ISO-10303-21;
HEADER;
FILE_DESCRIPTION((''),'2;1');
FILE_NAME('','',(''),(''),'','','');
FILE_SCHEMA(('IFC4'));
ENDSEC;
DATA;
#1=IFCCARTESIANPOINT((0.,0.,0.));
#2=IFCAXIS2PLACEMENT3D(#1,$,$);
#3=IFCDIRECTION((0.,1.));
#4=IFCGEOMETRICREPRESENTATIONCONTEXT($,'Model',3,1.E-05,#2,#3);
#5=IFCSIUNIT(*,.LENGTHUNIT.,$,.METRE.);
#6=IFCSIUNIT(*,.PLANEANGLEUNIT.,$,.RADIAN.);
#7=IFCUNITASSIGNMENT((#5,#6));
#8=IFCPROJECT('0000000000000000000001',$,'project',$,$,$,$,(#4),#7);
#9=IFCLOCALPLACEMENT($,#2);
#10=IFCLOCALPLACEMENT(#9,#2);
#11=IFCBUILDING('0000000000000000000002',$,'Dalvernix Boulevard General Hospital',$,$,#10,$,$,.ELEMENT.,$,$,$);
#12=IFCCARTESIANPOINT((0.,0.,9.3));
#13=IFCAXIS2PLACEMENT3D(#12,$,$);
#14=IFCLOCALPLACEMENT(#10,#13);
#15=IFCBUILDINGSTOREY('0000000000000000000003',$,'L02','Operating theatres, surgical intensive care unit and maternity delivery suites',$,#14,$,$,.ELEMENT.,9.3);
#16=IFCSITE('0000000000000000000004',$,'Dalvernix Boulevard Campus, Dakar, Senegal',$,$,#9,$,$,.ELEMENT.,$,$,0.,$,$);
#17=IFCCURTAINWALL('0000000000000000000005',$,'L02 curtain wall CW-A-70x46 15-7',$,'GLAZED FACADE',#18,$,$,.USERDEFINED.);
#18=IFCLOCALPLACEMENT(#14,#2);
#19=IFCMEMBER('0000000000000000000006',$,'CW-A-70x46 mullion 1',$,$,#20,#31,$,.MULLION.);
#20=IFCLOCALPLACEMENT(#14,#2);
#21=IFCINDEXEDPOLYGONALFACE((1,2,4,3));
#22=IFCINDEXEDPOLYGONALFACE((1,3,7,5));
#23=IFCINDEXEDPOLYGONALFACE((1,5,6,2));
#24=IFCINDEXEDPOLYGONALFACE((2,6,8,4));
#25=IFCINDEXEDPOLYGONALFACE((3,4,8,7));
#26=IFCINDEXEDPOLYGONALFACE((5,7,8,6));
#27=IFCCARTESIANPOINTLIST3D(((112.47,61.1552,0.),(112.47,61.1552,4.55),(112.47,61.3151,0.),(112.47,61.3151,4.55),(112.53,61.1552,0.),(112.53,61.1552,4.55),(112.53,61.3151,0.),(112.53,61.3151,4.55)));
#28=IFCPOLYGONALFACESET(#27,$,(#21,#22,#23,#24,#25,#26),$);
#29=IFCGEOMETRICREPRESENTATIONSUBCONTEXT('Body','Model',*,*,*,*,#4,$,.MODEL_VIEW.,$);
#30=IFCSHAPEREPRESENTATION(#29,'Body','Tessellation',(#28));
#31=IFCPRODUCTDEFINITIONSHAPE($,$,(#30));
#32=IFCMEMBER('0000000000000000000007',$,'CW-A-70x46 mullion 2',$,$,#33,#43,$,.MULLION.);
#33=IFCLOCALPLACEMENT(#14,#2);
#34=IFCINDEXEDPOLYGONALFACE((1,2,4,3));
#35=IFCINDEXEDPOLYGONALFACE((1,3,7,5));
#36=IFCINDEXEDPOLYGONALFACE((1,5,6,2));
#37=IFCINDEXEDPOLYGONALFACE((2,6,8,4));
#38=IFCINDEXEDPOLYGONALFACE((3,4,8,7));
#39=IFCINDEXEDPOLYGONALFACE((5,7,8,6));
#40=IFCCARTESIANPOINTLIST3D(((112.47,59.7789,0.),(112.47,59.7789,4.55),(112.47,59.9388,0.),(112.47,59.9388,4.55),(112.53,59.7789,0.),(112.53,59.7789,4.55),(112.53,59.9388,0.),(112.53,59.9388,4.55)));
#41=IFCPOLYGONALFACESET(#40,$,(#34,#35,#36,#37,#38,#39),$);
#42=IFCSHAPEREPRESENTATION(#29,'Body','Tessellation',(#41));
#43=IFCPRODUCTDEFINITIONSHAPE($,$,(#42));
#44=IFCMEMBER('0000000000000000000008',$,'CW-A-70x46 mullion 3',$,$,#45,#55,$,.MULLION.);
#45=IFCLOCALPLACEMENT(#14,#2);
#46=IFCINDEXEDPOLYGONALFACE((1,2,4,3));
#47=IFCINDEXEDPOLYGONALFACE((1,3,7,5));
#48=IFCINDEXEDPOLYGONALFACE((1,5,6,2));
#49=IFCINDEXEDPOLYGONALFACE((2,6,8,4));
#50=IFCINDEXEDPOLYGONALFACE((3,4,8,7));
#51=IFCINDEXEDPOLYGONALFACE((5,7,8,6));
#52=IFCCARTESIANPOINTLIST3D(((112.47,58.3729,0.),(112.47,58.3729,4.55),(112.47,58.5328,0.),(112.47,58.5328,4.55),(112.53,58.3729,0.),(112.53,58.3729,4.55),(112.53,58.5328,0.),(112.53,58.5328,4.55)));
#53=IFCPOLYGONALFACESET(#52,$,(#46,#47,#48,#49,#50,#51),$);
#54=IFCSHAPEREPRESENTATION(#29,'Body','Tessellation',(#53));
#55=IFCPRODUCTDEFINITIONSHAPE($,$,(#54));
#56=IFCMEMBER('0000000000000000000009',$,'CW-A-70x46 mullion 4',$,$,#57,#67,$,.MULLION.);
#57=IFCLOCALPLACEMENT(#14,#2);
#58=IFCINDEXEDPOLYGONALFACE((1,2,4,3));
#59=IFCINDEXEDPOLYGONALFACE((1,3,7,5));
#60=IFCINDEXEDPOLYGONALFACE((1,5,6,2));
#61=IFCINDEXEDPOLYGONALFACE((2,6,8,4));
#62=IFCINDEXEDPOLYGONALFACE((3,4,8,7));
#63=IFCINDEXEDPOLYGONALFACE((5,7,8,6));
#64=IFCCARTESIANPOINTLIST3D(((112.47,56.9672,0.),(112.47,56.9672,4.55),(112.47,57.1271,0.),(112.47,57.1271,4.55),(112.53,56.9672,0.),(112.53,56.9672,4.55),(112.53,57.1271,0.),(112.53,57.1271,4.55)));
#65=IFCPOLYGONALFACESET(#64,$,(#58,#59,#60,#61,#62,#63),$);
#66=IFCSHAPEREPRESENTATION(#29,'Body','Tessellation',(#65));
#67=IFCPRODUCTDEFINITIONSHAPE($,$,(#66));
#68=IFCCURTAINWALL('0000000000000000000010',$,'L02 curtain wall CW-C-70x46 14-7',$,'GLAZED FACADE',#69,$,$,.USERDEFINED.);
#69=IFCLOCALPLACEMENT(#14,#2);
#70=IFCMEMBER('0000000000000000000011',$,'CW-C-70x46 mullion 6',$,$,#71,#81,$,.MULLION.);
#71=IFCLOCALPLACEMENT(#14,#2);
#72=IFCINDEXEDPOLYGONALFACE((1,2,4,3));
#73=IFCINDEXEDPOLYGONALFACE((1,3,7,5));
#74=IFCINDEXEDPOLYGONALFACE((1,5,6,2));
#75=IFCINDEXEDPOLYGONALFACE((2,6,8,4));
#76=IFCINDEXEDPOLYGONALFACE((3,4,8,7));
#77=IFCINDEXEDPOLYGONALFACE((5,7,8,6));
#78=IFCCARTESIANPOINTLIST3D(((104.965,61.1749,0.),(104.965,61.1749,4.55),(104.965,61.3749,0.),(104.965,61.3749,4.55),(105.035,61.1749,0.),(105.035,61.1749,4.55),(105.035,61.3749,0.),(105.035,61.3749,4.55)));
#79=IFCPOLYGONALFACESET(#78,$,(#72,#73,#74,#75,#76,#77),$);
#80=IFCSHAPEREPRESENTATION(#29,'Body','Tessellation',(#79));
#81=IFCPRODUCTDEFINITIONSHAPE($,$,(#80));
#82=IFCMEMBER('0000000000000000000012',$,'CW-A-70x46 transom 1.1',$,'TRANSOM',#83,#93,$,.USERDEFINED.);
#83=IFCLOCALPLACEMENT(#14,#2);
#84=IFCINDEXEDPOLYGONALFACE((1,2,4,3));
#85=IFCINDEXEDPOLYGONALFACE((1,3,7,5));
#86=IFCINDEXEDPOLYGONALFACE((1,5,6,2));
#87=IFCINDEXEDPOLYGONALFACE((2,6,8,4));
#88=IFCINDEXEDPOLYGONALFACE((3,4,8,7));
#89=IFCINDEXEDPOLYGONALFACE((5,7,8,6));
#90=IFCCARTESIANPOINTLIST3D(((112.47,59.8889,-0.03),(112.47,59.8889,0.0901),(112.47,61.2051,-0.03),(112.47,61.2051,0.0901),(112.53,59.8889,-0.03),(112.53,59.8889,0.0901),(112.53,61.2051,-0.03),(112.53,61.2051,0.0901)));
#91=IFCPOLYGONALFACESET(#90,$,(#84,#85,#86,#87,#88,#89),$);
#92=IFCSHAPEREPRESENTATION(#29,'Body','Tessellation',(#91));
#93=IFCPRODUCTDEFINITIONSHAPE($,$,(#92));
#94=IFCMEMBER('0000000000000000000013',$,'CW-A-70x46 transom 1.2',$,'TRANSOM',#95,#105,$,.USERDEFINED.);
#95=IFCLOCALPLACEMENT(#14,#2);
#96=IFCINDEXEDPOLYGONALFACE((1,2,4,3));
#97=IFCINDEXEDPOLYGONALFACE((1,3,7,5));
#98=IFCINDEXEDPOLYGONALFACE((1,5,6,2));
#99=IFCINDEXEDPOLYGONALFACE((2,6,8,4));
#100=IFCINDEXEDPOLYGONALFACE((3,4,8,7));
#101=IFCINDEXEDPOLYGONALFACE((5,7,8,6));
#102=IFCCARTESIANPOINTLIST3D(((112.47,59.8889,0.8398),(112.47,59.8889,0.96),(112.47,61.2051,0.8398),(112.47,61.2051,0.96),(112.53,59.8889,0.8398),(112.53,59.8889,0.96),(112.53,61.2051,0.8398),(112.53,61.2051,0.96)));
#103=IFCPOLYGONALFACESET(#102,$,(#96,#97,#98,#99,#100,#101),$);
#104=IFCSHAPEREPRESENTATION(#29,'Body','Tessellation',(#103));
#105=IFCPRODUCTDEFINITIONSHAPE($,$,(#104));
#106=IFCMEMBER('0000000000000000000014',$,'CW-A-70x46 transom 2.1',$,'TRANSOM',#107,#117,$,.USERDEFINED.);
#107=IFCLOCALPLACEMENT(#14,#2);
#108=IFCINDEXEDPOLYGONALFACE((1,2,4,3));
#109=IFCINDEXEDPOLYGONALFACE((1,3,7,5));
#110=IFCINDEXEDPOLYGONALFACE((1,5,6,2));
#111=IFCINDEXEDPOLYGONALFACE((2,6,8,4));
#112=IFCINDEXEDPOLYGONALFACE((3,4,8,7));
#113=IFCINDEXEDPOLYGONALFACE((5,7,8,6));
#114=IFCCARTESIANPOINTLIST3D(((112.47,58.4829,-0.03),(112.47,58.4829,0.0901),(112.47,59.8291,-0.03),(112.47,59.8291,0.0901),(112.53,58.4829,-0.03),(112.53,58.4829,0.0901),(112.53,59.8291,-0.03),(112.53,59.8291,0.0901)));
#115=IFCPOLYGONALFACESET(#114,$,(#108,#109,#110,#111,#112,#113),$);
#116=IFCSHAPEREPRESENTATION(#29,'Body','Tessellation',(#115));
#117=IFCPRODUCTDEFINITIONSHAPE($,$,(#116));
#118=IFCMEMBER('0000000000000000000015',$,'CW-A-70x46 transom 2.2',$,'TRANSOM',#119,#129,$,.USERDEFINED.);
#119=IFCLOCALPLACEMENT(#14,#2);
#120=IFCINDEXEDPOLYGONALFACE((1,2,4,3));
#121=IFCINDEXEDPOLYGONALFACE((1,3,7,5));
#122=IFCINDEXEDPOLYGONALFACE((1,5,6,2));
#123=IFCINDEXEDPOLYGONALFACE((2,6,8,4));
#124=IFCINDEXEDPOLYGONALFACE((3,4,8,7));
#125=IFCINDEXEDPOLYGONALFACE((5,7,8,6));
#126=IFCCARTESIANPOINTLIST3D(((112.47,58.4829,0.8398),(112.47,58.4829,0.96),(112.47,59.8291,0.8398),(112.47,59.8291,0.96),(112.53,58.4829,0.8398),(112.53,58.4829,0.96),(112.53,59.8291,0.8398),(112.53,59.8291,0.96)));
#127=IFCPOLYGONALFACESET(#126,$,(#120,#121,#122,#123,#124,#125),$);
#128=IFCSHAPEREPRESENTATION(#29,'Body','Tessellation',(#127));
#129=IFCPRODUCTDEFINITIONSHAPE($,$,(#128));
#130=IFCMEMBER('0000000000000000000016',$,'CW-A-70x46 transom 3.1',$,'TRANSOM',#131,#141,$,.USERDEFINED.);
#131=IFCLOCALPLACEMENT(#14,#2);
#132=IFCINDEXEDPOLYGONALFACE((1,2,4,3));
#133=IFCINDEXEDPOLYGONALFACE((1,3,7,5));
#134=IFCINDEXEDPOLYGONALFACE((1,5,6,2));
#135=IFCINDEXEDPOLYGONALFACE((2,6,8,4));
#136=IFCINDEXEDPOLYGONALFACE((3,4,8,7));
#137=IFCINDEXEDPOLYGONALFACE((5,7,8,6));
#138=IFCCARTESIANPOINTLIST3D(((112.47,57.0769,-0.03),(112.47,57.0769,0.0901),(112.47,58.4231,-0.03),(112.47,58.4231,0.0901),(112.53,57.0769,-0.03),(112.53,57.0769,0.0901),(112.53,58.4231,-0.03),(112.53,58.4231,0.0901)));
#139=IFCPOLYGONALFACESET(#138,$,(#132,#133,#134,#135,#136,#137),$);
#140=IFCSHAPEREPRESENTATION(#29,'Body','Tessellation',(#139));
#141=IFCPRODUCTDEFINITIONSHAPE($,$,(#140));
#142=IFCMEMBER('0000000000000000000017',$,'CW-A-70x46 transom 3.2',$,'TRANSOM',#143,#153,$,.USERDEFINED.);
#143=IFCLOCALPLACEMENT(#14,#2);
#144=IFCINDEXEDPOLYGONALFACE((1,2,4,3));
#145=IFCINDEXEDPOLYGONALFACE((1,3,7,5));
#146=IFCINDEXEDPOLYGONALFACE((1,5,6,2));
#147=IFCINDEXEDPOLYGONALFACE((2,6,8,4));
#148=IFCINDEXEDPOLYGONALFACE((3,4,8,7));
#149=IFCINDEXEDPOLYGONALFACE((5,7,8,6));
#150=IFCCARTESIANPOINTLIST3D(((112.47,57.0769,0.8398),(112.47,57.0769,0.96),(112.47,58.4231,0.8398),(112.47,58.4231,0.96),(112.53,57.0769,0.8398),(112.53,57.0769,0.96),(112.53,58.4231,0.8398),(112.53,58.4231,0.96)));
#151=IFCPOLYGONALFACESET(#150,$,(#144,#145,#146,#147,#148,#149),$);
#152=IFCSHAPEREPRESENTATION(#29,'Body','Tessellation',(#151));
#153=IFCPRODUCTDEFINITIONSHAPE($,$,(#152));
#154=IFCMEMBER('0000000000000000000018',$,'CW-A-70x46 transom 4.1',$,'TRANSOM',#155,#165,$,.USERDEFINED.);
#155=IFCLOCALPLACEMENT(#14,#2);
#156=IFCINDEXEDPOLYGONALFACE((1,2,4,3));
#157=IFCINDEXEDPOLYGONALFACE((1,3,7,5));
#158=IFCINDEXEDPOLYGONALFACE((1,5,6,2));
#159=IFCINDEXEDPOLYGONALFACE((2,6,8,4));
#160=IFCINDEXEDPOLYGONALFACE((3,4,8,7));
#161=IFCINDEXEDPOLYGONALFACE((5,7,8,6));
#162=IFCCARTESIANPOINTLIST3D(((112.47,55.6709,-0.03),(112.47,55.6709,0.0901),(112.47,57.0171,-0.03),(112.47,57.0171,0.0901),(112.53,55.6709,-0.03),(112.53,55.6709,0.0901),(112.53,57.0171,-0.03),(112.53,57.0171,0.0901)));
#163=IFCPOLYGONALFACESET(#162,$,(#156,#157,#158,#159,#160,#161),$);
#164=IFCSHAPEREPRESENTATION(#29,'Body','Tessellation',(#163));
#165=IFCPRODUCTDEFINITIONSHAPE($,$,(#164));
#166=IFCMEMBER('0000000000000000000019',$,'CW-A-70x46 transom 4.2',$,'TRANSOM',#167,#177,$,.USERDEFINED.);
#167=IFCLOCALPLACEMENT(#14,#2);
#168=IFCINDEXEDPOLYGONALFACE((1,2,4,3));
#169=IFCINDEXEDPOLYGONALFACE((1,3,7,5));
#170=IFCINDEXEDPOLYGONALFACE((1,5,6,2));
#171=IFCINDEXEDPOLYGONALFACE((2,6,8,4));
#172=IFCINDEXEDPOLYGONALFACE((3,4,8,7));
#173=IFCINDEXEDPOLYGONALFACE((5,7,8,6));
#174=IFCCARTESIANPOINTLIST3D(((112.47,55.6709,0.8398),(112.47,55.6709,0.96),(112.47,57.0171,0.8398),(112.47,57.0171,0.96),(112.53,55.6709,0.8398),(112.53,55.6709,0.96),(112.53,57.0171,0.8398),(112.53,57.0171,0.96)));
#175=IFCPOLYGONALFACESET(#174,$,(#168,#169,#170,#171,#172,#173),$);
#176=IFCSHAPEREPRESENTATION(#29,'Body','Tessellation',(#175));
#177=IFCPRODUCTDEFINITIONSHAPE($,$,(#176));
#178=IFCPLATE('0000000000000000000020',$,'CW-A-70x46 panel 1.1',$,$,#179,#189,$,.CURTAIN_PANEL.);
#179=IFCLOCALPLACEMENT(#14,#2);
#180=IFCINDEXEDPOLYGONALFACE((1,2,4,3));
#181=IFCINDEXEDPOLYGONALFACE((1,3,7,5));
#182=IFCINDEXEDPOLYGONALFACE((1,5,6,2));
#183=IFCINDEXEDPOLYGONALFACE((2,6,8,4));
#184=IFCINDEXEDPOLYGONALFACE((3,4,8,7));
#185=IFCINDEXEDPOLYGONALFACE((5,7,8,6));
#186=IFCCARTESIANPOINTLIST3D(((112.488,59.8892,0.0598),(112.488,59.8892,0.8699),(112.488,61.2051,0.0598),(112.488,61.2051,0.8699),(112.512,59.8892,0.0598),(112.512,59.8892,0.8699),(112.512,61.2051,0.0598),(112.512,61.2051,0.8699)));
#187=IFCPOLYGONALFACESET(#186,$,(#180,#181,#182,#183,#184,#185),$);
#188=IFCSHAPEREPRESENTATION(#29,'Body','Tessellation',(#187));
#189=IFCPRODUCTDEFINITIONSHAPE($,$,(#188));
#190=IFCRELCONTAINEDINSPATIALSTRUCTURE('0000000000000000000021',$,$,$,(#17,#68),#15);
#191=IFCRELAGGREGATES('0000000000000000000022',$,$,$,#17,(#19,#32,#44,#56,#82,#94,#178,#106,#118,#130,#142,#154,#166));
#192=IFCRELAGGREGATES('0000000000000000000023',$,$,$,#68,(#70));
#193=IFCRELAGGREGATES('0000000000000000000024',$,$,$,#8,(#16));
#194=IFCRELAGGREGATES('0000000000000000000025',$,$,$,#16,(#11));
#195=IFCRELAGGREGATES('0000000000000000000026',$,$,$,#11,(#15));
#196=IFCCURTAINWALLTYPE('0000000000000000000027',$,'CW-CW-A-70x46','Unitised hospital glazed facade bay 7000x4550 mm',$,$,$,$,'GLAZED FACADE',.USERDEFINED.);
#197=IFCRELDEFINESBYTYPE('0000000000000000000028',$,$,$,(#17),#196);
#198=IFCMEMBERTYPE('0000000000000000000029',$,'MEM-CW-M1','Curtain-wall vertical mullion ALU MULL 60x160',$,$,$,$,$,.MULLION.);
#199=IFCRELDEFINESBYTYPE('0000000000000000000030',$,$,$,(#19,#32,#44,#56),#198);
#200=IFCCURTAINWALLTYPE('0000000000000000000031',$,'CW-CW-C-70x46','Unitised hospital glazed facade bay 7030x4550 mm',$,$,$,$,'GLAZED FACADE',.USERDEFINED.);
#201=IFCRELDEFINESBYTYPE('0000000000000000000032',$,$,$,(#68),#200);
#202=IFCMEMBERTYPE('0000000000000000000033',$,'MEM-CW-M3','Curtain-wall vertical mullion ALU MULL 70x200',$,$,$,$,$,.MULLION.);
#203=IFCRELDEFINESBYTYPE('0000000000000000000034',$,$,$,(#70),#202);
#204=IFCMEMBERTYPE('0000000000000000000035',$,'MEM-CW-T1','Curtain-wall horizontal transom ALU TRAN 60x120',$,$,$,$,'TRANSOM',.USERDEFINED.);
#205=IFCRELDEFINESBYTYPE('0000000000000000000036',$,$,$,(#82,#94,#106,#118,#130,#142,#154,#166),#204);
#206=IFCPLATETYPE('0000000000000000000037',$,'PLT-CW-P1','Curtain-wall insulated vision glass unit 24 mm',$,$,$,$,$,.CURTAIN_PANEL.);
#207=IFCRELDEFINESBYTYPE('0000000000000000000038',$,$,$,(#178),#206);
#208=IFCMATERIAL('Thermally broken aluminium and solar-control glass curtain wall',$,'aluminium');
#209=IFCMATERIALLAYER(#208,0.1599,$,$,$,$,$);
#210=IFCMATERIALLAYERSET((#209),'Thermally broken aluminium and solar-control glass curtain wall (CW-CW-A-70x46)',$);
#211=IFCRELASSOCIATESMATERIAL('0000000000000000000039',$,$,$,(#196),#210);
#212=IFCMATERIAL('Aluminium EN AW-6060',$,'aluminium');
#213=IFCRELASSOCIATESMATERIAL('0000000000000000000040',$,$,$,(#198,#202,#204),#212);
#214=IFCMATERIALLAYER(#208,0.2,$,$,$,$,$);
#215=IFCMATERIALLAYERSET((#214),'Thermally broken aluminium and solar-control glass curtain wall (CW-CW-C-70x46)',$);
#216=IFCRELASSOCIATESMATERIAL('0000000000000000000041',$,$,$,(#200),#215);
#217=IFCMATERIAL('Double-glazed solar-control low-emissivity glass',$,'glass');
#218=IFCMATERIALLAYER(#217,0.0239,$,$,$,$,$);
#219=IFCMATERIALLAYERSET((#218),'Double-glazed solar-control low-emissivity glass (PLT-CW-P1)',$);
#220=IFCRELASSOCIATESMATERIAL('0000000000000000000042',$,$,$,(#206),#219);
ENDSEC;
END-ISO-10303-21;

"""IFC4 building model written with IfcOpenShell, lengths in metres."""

from ifc_helpers import new_model, si_unit, direction, frame, origin, origin_2d, place, context, subcontext, project, spatial, rectangle, extrude, material, layer, layer_set, material_profile, profile_set, type_object, element, aggregate, save


model = new_model("IFC4")

# Units and contexts
model_context = context("Model", 3, precision=1e-05, world=origin(), true_north=direction((0.0, 1.0)))
body_context = subcontext(model_context, "Body", "Model", "MODEL_VIEW")
ifc_project = project(units=[si_unit("LENGTHUNIT", "METRE"), si_unit("PLANEANGLEUNIT", "RADIAN")], contexts=[model_context])

# Site, building, storey
site_placement = place(None, origin())
site = spatial("IfcSite", under=ifc_project, at=site_placement, Name="Dalvernix Boulevard Campus, Dakar, Senegal", CompositionType="ELEMENT", RefElevation=0.0)
building_placement = place(site_placement, origin())
building = spatial("IfcBuilding", under=site, at=building_placement, Name="Dalvernix Boulevard General Hospital", CompositionType="ELEMENT")
storey_placement = place(building_placement, frame((0.0, 0.0, 9.3)))
storey = spatial("IfcBuildingStorey", under=building, at=storey_placement, Name="L02", Description="Operating theatres, surgical intensive care unit and maternity delivery suites", CompositionType="ELEMENT", Elevation=9.3)

# Curtain wall, members
ifc_material_1 = material(Name="Thermally broken aluminium and solar-control glass curtain wall", Category="aluminium")
ifc_layer_1 = layer(ifc_material_1, 0.1599)
ifc_layer_set_1 = layer_set([ifc_layer_1], Name="Thermally broken aluminium and solar-control glass curtain wall (CW-CW-A-70x46)")
curtain_wall_type_1 = type_object("IfcCurtainWallType", Name="CW-CW-A-70x46", Description="Unitised hospital glazed facade bay 7000x4550 mm", ElementType="GLAZED FACADE", PredefinedType="USERDEFINED", material=ifc_layer_set_1)
curtain_wall_1_placement = place(storey_placement, origin())
curtain_wall_1 = element("IfcCurtainWall", 1, at=curtain_wall_1_placement, inside=storey, type_object=curtain_wall_type_1, Name="L02 curtain wall CW-A-70x46 15-7", ObjectType="GLAZED FACADE", PredefinedType="USERDEFINED")
ifc_material_2 = material(Name="Aluminium EN AW-6060", Category="aluminium")
ifc_material_profile_1 = material_profile(ifc_material_2, rectangle(XDim=0.0601, YDim=0.1599, at=origin_2d()), Name="ALU MULL 60x160")
ifc_profile_set_1 = profile_set([ifc_material_profile_1], Name="Aluminium EN AW-6060")
member_type_1 = type_object("IfcMemberType", Name="MEM-CW-M1", Description="Curtain-wall vertical mullion ALU MULL 60x160", PredefinedType="MULLION", material=ifc_profile_set_1)
member_1_placement = place(storey_placement, frame((112.5, 61.2351, 0.0), z_axis=(0.0, 0.0, 1.0), x_axis=(1.0, 0.0, 0.0)))
member_1 = element("IfcMember", 2, at=member_1_placement, type_object=member_type_1, Name="CW-A-70x46 mullion 1", PredefinedType="MULLION", context=body_context, shape_type="SweptSolid", body=[
    extrude(rectangle(XDim=0.0601, YDim=0.1599, at=origin_2d()), origin(), (0.0, 0.0, 1.0), 4.55),
])
member_2_placement = place(storey_placement, frame((112.5, 59.8589, 0.0), z_axis=(0.0, 0.0, 1.0), x_axis=(1.0, 0.0, 0.0)))
member_2 = element("IfcMember", 3, at=member_2_placement, type_object=member_type_1, Name="CW-A-70x46 mullion 2", PredefinedType="MULLION", context=body_context, shape_type="SweptSolid", body=[
    extrude(rectangle(XDim=0.0601, YDim=0.1599, at=origin_2d()), origin(), (0.0, 0.0, 1.0), 4.55),
])
member_3_placement = place(storey_placement, frame((112.5, 58.4529, 0.0), z_axis=(0.0, 0.0, 1.0), x_axis=(1.0, 0.0, 0.0)))
member_3 = element("IfcMember", 4, at=member_3_placement, type_object=member_type_1, Name="CW-A-70x46 mullion 3", PredefinedType="MULLION", context=body_context, shape_type="SweptSolid", body=[
    extrude(rectangle(XDim=0.0601, YDim=0.1599, at=origin_2d()), origin(), (0.0, 0.0, 1.0), 4.55),
])
member_4_placement = place(storey_placement, frame((112.5, 57.0471, 0.0), z_axis=(0.0, 0.0, 1.0), x_axis=(1.0, 0.0, 0.0)))
member_4 = element("IfcMember", 5, at=member_4_placement, type_object=member_type_1, Name="CW-A-70x46 mullion 4", PredefinedType="MULLION", context=body_context, shape_type="SweptSolid", body=[
    extrude(rectangle(XDim=0.0601, YDim=0.1599, at=origin_2d()), origin(), (0.0, 0.0, 1.0), 4.55),
])

# Curtain wall, member
ifc_layer_2 = layer(ifc_material_1, 0.2)
ifc_layer_set_2 = layer_set([ifc_layer_2], Name="Thermally broken aluminium and solar-control glass curtain wall (CW-CW-C-70x46)")
curtain_wall_type_2 = type_object("IfcCurtainWallType", Name="CW-CW-C-70x46", Description="Unitised hospital glazed facade bay 7030x4550 mm", ElementType="GLAZED FACADE", PredefinedType="USERDEFINED", material=ifc_layer_set_2)
curtain_wall_2_placement = place(storey_placement, origin())
curtain_wall_2 = element("IfcCurtainWall", 6, at=curtain_wall_2_placement, inside=storey, type_object=curtain_wall_type_2, Name="L02 curtain wall CW-C-70x46 14-7", ObjectType="GLAZED FACADE", PredefinedType="USERDEFINED")
ifc_material_profile_2 = material_profile(ifc_material_2, rectangle(XDim=0.0701, YDim=0.2, at=origin_2d()), Name="ALU MULL 70x200")
ifc_profile_set_2 = profile_set([ifc_material_profile_2], Name="Aluminium EN AW-6060")
member_type_2 = type_object("IfcMemberType", Name="MEM-CW-M3", Description="Curtain-wall vertical mullion ALU MULL 70x200", PredefinedType="MULLION", material=ifc_profile_set_2)
member_5_placement = place(storey_placement, frame((105.0, 61.2749, 0.0), z_axis=(0.0, 0.0, 1.0), x_axis=(-1.0, 0.0, 0.0)))
member_5 = element("IfcMember", 7, at=member_5_placement, type_object=member_type_2, Name="CW-C-70x46 mullion 6", PredefinedType="MULLION", context=body_context, shape_type="SweptSolid", body=[
    extrude(rectangle(XDim=0.0701, YDim=0.2, at=origin_2d()), origin(), (0.0, 0.0, 1.0), 4.55),
])

# Members
ifc_material_profile_3 = material_profile(ifc_material_2, rectangle(XDim=0.0601, YDim=0.1201, at=origin_2d()), Name="ALU TRAN 60x120")
ifc_profile_set_3 = profile_set([ifc_material_profile_3], Name="Aluminium EN AW-6060")
member_type_3 = type_object("IfcMemberType", Name="MEM-CW-T1", Description="Curtain-wall horizontal transom ALU TRAN 60x120", ElementType="TRANSOM", PredefinedType="USERDEFINED", material=ifc_profile_set_3)
member_6_placement = place(storey_placement, frame((112.5, 61.2051, 0.03), z_axis=(0.0, -1.0, 0.0), x_axis=(1.0, 0.0, 0.0)))
member_6 = element("IfcMember", 8, at=member_6_placement, type_object=member_type_3, Name="CW-A-70x46 transom 1.1", ObjectType="TRANSOM", PredefinedType="USERDEFINED", context=body_context, shape_type="SweptSolid", body=[
    extrude(rectangle(XDim=0.0601, YDim=0.1201, at=origin_2d()), origin(), (0.0, 0.0, 1.0), 1.3162),
])
member_7_placement = place(storey_placement, frame((112.5, 61.2051, 0.8999), z_axis=(0.0, -1.0, 0.0), x_axis=(1.0, 0.0, 0.0)))
member_7 = element("IfcMember", 9, at=member_7_placement, type_object=member_type_3, Name="CW-A-70x46 transom 1.2", ObjectType="TRANSOM", PredefinedType="USERDEFINED", context=body_context, shape_type="SweptSolid", body=[
    extrude(rectangle(XDim=0.0601, YDim=0.1201, at=origin_2d()), origin(), (0.0, 0.0, 1.0), 1.3162),
])
member_8_placement = place(storey_placement, frame((112.5, 59.8291, 0.03), z_axis=(0.0, -1.0, 0.0), x_axis=(1.0, 0.0, 0.0)))
member_8 = element("IfcMember", 10, at=member_8_placement, type_object=member_type_3, Name="CW-A-70x46 transom 2.1", ObjectType="TRANSOM", PredefinedType="USERDEFINED", context=body_context, shape_type="SweptSolid", body=[
    extrude(rectangle(XDim=0.0601, YDim=0.1201, at=origin_2d()), origin(), (0.0, 0.0, 1.0), 1.3462),
])
member_9_placement = place(storey_placement, frame((112.5, 59.8291, 0.8999), z_axis=(0.0, -1.0, 0.0), x_axis=(1.0, 0.0, 0.0)))
member_9 = element("IfcMember", 11, at=member_9_placement, type_object=member_type_3, Name="CW-A-70x46 transom 2.2", ObjectType="TRANSOM", PredefinedType="USERDEFINED", context=body_context, shape_type="SweptSolid", body=[
    extrude(rectangle(XDim=0.0601, YDim=0.1201, at=origin_2d()), origin(), (0.0, 0.0, 1.0), 1.3462),
])
member_10_placement = place(storey_placement, frame((112.5, 58.4231, 0.03), z_axis=(0.0, -1.0, 0.0), x_axis=(1.0, 0.0, 0.0)))
member_10 = element("IfcMember", 12, at=member_10_placement, type_object=member_type_3, Name="CW-A-70x46 transom 3.1", ObjectType="TRANSOM", PredefinedType="USERDEFINED", context=body_context, shape_type="SweptSolid", body=[
    extrude(rectangle(XDim=0.0601, YDim=0.1201, at=origin_2d()), origin(), (0.0, 0.0, 1.0), 1.3462),
])
member_11_placement = place(storey_placement, frame((112.5, 58.4231, 0.8999), z_axis=(0.0, -1.0, 0.0), x_axis=(1.0, 0.0, 0.0)))
member_11 = element("IfcMember", 13, at=member_11_placement, type_object=member_type_3, Name="CW-A-70x46 transom 3.2", ObjectType="TRANSOM", PredefinedType="USERDEFINED", context=body_context, shape_type="SweptSolid", body=[
    extrude(rectangle(XDim=0.0601, YDim=0.1201, at=origin_2d()), origin(), (0.0, 0.0, 1.0), 1.3462),
])
member_12_placement = place(storey_placement, frame((112.5, 57.0171, 0.03), z_axis=(0.0, -1.0, 0.0), x_axis=(1.0, 0.0, 0.0)))
member_12 = element("IfcMember", 14, at=member_12_placement, type_object=member_type_3, Name="CW-A-70x46 transom 4.1", ObjectType="TRANSOM", PredefinedType="USERDEFINED", context=body_context, shape_type="SweptSolid", body=[
    extrude(rectangle(XDim=0.0601, YDim=0.1201, at=origin_2d()), origin(), (0.0, 0.0, 1.0), 1.3462),
])
member_13_placement = place(storey_placement, frame((112.5, 57.0171, 0.8999), z_axis=(0.0, -1.0, 0.0), x_axis=(1.0, 0.0, 0.0)))
member_13 = element("IfcMember", 15, at=member_13_placement, type_object=member_type_3, Name="CW-A-70x46 transom 4.2", ObjectType="TRANSOM", PredefinedType="USERDEFINED", context=body_context, shape_type="SweptSolid", body=[
    extrude(rectangle(XDim=0.0601, YDim=0.1201, at=origin_2d()), origin(), (0.0, 0.0, 1.0), 1.3462),
])

# Plate
ifc_material_3 = material(Name="Double-glazed solar-control low-emissivity glass", Category="glass")
ifc_layer_3 = layer(ifc_material_3, 0.0239)
ifc_layer_set_3 = layer_set([ifc_layer_3], Name="Double-glazed solar-control low-emissivity glass (PLT-CW-P1)")
plate_type_1 = type_object("IfcPlateType", Name="PLT-CW-P1", Description="Curtain-wall insulated vision glass unit 24 mm", PredefinedType="CURTAIN_PANEL", material=ifc_layer_set_3)
plate_1_placement = place(storey_placement, frame((112.5, 60.5471, 0.0598), z_axis=(0.0, 0.0, 1.0), x_axis=(0.0, -1.0, 0.0)))
plate_1 = element("IfcPlate", 16, at=plate_1_placement, type_object=plate_type_1, Name="CW-A-70x46 panel 1.1", PredefinedType="CURTAIN_PANEL", context=body_context, shape_type="SweptSolid", body=[
    extrude(rectangle(XDim=1.3159, YDim=0.0239, at=origin_2d()), origin(), (0.0, 0.0, 1.0), 0.8101),
])
aggregate(curtain_wall_1, [member_1, member_2, member_3, member_4, member_6, member_7, plate_1, member_8, member_9, member_10, member_11, member_12, member_13])
aggregate(curtain_wall_2, [member_5])

save(model, "model.ifc")
